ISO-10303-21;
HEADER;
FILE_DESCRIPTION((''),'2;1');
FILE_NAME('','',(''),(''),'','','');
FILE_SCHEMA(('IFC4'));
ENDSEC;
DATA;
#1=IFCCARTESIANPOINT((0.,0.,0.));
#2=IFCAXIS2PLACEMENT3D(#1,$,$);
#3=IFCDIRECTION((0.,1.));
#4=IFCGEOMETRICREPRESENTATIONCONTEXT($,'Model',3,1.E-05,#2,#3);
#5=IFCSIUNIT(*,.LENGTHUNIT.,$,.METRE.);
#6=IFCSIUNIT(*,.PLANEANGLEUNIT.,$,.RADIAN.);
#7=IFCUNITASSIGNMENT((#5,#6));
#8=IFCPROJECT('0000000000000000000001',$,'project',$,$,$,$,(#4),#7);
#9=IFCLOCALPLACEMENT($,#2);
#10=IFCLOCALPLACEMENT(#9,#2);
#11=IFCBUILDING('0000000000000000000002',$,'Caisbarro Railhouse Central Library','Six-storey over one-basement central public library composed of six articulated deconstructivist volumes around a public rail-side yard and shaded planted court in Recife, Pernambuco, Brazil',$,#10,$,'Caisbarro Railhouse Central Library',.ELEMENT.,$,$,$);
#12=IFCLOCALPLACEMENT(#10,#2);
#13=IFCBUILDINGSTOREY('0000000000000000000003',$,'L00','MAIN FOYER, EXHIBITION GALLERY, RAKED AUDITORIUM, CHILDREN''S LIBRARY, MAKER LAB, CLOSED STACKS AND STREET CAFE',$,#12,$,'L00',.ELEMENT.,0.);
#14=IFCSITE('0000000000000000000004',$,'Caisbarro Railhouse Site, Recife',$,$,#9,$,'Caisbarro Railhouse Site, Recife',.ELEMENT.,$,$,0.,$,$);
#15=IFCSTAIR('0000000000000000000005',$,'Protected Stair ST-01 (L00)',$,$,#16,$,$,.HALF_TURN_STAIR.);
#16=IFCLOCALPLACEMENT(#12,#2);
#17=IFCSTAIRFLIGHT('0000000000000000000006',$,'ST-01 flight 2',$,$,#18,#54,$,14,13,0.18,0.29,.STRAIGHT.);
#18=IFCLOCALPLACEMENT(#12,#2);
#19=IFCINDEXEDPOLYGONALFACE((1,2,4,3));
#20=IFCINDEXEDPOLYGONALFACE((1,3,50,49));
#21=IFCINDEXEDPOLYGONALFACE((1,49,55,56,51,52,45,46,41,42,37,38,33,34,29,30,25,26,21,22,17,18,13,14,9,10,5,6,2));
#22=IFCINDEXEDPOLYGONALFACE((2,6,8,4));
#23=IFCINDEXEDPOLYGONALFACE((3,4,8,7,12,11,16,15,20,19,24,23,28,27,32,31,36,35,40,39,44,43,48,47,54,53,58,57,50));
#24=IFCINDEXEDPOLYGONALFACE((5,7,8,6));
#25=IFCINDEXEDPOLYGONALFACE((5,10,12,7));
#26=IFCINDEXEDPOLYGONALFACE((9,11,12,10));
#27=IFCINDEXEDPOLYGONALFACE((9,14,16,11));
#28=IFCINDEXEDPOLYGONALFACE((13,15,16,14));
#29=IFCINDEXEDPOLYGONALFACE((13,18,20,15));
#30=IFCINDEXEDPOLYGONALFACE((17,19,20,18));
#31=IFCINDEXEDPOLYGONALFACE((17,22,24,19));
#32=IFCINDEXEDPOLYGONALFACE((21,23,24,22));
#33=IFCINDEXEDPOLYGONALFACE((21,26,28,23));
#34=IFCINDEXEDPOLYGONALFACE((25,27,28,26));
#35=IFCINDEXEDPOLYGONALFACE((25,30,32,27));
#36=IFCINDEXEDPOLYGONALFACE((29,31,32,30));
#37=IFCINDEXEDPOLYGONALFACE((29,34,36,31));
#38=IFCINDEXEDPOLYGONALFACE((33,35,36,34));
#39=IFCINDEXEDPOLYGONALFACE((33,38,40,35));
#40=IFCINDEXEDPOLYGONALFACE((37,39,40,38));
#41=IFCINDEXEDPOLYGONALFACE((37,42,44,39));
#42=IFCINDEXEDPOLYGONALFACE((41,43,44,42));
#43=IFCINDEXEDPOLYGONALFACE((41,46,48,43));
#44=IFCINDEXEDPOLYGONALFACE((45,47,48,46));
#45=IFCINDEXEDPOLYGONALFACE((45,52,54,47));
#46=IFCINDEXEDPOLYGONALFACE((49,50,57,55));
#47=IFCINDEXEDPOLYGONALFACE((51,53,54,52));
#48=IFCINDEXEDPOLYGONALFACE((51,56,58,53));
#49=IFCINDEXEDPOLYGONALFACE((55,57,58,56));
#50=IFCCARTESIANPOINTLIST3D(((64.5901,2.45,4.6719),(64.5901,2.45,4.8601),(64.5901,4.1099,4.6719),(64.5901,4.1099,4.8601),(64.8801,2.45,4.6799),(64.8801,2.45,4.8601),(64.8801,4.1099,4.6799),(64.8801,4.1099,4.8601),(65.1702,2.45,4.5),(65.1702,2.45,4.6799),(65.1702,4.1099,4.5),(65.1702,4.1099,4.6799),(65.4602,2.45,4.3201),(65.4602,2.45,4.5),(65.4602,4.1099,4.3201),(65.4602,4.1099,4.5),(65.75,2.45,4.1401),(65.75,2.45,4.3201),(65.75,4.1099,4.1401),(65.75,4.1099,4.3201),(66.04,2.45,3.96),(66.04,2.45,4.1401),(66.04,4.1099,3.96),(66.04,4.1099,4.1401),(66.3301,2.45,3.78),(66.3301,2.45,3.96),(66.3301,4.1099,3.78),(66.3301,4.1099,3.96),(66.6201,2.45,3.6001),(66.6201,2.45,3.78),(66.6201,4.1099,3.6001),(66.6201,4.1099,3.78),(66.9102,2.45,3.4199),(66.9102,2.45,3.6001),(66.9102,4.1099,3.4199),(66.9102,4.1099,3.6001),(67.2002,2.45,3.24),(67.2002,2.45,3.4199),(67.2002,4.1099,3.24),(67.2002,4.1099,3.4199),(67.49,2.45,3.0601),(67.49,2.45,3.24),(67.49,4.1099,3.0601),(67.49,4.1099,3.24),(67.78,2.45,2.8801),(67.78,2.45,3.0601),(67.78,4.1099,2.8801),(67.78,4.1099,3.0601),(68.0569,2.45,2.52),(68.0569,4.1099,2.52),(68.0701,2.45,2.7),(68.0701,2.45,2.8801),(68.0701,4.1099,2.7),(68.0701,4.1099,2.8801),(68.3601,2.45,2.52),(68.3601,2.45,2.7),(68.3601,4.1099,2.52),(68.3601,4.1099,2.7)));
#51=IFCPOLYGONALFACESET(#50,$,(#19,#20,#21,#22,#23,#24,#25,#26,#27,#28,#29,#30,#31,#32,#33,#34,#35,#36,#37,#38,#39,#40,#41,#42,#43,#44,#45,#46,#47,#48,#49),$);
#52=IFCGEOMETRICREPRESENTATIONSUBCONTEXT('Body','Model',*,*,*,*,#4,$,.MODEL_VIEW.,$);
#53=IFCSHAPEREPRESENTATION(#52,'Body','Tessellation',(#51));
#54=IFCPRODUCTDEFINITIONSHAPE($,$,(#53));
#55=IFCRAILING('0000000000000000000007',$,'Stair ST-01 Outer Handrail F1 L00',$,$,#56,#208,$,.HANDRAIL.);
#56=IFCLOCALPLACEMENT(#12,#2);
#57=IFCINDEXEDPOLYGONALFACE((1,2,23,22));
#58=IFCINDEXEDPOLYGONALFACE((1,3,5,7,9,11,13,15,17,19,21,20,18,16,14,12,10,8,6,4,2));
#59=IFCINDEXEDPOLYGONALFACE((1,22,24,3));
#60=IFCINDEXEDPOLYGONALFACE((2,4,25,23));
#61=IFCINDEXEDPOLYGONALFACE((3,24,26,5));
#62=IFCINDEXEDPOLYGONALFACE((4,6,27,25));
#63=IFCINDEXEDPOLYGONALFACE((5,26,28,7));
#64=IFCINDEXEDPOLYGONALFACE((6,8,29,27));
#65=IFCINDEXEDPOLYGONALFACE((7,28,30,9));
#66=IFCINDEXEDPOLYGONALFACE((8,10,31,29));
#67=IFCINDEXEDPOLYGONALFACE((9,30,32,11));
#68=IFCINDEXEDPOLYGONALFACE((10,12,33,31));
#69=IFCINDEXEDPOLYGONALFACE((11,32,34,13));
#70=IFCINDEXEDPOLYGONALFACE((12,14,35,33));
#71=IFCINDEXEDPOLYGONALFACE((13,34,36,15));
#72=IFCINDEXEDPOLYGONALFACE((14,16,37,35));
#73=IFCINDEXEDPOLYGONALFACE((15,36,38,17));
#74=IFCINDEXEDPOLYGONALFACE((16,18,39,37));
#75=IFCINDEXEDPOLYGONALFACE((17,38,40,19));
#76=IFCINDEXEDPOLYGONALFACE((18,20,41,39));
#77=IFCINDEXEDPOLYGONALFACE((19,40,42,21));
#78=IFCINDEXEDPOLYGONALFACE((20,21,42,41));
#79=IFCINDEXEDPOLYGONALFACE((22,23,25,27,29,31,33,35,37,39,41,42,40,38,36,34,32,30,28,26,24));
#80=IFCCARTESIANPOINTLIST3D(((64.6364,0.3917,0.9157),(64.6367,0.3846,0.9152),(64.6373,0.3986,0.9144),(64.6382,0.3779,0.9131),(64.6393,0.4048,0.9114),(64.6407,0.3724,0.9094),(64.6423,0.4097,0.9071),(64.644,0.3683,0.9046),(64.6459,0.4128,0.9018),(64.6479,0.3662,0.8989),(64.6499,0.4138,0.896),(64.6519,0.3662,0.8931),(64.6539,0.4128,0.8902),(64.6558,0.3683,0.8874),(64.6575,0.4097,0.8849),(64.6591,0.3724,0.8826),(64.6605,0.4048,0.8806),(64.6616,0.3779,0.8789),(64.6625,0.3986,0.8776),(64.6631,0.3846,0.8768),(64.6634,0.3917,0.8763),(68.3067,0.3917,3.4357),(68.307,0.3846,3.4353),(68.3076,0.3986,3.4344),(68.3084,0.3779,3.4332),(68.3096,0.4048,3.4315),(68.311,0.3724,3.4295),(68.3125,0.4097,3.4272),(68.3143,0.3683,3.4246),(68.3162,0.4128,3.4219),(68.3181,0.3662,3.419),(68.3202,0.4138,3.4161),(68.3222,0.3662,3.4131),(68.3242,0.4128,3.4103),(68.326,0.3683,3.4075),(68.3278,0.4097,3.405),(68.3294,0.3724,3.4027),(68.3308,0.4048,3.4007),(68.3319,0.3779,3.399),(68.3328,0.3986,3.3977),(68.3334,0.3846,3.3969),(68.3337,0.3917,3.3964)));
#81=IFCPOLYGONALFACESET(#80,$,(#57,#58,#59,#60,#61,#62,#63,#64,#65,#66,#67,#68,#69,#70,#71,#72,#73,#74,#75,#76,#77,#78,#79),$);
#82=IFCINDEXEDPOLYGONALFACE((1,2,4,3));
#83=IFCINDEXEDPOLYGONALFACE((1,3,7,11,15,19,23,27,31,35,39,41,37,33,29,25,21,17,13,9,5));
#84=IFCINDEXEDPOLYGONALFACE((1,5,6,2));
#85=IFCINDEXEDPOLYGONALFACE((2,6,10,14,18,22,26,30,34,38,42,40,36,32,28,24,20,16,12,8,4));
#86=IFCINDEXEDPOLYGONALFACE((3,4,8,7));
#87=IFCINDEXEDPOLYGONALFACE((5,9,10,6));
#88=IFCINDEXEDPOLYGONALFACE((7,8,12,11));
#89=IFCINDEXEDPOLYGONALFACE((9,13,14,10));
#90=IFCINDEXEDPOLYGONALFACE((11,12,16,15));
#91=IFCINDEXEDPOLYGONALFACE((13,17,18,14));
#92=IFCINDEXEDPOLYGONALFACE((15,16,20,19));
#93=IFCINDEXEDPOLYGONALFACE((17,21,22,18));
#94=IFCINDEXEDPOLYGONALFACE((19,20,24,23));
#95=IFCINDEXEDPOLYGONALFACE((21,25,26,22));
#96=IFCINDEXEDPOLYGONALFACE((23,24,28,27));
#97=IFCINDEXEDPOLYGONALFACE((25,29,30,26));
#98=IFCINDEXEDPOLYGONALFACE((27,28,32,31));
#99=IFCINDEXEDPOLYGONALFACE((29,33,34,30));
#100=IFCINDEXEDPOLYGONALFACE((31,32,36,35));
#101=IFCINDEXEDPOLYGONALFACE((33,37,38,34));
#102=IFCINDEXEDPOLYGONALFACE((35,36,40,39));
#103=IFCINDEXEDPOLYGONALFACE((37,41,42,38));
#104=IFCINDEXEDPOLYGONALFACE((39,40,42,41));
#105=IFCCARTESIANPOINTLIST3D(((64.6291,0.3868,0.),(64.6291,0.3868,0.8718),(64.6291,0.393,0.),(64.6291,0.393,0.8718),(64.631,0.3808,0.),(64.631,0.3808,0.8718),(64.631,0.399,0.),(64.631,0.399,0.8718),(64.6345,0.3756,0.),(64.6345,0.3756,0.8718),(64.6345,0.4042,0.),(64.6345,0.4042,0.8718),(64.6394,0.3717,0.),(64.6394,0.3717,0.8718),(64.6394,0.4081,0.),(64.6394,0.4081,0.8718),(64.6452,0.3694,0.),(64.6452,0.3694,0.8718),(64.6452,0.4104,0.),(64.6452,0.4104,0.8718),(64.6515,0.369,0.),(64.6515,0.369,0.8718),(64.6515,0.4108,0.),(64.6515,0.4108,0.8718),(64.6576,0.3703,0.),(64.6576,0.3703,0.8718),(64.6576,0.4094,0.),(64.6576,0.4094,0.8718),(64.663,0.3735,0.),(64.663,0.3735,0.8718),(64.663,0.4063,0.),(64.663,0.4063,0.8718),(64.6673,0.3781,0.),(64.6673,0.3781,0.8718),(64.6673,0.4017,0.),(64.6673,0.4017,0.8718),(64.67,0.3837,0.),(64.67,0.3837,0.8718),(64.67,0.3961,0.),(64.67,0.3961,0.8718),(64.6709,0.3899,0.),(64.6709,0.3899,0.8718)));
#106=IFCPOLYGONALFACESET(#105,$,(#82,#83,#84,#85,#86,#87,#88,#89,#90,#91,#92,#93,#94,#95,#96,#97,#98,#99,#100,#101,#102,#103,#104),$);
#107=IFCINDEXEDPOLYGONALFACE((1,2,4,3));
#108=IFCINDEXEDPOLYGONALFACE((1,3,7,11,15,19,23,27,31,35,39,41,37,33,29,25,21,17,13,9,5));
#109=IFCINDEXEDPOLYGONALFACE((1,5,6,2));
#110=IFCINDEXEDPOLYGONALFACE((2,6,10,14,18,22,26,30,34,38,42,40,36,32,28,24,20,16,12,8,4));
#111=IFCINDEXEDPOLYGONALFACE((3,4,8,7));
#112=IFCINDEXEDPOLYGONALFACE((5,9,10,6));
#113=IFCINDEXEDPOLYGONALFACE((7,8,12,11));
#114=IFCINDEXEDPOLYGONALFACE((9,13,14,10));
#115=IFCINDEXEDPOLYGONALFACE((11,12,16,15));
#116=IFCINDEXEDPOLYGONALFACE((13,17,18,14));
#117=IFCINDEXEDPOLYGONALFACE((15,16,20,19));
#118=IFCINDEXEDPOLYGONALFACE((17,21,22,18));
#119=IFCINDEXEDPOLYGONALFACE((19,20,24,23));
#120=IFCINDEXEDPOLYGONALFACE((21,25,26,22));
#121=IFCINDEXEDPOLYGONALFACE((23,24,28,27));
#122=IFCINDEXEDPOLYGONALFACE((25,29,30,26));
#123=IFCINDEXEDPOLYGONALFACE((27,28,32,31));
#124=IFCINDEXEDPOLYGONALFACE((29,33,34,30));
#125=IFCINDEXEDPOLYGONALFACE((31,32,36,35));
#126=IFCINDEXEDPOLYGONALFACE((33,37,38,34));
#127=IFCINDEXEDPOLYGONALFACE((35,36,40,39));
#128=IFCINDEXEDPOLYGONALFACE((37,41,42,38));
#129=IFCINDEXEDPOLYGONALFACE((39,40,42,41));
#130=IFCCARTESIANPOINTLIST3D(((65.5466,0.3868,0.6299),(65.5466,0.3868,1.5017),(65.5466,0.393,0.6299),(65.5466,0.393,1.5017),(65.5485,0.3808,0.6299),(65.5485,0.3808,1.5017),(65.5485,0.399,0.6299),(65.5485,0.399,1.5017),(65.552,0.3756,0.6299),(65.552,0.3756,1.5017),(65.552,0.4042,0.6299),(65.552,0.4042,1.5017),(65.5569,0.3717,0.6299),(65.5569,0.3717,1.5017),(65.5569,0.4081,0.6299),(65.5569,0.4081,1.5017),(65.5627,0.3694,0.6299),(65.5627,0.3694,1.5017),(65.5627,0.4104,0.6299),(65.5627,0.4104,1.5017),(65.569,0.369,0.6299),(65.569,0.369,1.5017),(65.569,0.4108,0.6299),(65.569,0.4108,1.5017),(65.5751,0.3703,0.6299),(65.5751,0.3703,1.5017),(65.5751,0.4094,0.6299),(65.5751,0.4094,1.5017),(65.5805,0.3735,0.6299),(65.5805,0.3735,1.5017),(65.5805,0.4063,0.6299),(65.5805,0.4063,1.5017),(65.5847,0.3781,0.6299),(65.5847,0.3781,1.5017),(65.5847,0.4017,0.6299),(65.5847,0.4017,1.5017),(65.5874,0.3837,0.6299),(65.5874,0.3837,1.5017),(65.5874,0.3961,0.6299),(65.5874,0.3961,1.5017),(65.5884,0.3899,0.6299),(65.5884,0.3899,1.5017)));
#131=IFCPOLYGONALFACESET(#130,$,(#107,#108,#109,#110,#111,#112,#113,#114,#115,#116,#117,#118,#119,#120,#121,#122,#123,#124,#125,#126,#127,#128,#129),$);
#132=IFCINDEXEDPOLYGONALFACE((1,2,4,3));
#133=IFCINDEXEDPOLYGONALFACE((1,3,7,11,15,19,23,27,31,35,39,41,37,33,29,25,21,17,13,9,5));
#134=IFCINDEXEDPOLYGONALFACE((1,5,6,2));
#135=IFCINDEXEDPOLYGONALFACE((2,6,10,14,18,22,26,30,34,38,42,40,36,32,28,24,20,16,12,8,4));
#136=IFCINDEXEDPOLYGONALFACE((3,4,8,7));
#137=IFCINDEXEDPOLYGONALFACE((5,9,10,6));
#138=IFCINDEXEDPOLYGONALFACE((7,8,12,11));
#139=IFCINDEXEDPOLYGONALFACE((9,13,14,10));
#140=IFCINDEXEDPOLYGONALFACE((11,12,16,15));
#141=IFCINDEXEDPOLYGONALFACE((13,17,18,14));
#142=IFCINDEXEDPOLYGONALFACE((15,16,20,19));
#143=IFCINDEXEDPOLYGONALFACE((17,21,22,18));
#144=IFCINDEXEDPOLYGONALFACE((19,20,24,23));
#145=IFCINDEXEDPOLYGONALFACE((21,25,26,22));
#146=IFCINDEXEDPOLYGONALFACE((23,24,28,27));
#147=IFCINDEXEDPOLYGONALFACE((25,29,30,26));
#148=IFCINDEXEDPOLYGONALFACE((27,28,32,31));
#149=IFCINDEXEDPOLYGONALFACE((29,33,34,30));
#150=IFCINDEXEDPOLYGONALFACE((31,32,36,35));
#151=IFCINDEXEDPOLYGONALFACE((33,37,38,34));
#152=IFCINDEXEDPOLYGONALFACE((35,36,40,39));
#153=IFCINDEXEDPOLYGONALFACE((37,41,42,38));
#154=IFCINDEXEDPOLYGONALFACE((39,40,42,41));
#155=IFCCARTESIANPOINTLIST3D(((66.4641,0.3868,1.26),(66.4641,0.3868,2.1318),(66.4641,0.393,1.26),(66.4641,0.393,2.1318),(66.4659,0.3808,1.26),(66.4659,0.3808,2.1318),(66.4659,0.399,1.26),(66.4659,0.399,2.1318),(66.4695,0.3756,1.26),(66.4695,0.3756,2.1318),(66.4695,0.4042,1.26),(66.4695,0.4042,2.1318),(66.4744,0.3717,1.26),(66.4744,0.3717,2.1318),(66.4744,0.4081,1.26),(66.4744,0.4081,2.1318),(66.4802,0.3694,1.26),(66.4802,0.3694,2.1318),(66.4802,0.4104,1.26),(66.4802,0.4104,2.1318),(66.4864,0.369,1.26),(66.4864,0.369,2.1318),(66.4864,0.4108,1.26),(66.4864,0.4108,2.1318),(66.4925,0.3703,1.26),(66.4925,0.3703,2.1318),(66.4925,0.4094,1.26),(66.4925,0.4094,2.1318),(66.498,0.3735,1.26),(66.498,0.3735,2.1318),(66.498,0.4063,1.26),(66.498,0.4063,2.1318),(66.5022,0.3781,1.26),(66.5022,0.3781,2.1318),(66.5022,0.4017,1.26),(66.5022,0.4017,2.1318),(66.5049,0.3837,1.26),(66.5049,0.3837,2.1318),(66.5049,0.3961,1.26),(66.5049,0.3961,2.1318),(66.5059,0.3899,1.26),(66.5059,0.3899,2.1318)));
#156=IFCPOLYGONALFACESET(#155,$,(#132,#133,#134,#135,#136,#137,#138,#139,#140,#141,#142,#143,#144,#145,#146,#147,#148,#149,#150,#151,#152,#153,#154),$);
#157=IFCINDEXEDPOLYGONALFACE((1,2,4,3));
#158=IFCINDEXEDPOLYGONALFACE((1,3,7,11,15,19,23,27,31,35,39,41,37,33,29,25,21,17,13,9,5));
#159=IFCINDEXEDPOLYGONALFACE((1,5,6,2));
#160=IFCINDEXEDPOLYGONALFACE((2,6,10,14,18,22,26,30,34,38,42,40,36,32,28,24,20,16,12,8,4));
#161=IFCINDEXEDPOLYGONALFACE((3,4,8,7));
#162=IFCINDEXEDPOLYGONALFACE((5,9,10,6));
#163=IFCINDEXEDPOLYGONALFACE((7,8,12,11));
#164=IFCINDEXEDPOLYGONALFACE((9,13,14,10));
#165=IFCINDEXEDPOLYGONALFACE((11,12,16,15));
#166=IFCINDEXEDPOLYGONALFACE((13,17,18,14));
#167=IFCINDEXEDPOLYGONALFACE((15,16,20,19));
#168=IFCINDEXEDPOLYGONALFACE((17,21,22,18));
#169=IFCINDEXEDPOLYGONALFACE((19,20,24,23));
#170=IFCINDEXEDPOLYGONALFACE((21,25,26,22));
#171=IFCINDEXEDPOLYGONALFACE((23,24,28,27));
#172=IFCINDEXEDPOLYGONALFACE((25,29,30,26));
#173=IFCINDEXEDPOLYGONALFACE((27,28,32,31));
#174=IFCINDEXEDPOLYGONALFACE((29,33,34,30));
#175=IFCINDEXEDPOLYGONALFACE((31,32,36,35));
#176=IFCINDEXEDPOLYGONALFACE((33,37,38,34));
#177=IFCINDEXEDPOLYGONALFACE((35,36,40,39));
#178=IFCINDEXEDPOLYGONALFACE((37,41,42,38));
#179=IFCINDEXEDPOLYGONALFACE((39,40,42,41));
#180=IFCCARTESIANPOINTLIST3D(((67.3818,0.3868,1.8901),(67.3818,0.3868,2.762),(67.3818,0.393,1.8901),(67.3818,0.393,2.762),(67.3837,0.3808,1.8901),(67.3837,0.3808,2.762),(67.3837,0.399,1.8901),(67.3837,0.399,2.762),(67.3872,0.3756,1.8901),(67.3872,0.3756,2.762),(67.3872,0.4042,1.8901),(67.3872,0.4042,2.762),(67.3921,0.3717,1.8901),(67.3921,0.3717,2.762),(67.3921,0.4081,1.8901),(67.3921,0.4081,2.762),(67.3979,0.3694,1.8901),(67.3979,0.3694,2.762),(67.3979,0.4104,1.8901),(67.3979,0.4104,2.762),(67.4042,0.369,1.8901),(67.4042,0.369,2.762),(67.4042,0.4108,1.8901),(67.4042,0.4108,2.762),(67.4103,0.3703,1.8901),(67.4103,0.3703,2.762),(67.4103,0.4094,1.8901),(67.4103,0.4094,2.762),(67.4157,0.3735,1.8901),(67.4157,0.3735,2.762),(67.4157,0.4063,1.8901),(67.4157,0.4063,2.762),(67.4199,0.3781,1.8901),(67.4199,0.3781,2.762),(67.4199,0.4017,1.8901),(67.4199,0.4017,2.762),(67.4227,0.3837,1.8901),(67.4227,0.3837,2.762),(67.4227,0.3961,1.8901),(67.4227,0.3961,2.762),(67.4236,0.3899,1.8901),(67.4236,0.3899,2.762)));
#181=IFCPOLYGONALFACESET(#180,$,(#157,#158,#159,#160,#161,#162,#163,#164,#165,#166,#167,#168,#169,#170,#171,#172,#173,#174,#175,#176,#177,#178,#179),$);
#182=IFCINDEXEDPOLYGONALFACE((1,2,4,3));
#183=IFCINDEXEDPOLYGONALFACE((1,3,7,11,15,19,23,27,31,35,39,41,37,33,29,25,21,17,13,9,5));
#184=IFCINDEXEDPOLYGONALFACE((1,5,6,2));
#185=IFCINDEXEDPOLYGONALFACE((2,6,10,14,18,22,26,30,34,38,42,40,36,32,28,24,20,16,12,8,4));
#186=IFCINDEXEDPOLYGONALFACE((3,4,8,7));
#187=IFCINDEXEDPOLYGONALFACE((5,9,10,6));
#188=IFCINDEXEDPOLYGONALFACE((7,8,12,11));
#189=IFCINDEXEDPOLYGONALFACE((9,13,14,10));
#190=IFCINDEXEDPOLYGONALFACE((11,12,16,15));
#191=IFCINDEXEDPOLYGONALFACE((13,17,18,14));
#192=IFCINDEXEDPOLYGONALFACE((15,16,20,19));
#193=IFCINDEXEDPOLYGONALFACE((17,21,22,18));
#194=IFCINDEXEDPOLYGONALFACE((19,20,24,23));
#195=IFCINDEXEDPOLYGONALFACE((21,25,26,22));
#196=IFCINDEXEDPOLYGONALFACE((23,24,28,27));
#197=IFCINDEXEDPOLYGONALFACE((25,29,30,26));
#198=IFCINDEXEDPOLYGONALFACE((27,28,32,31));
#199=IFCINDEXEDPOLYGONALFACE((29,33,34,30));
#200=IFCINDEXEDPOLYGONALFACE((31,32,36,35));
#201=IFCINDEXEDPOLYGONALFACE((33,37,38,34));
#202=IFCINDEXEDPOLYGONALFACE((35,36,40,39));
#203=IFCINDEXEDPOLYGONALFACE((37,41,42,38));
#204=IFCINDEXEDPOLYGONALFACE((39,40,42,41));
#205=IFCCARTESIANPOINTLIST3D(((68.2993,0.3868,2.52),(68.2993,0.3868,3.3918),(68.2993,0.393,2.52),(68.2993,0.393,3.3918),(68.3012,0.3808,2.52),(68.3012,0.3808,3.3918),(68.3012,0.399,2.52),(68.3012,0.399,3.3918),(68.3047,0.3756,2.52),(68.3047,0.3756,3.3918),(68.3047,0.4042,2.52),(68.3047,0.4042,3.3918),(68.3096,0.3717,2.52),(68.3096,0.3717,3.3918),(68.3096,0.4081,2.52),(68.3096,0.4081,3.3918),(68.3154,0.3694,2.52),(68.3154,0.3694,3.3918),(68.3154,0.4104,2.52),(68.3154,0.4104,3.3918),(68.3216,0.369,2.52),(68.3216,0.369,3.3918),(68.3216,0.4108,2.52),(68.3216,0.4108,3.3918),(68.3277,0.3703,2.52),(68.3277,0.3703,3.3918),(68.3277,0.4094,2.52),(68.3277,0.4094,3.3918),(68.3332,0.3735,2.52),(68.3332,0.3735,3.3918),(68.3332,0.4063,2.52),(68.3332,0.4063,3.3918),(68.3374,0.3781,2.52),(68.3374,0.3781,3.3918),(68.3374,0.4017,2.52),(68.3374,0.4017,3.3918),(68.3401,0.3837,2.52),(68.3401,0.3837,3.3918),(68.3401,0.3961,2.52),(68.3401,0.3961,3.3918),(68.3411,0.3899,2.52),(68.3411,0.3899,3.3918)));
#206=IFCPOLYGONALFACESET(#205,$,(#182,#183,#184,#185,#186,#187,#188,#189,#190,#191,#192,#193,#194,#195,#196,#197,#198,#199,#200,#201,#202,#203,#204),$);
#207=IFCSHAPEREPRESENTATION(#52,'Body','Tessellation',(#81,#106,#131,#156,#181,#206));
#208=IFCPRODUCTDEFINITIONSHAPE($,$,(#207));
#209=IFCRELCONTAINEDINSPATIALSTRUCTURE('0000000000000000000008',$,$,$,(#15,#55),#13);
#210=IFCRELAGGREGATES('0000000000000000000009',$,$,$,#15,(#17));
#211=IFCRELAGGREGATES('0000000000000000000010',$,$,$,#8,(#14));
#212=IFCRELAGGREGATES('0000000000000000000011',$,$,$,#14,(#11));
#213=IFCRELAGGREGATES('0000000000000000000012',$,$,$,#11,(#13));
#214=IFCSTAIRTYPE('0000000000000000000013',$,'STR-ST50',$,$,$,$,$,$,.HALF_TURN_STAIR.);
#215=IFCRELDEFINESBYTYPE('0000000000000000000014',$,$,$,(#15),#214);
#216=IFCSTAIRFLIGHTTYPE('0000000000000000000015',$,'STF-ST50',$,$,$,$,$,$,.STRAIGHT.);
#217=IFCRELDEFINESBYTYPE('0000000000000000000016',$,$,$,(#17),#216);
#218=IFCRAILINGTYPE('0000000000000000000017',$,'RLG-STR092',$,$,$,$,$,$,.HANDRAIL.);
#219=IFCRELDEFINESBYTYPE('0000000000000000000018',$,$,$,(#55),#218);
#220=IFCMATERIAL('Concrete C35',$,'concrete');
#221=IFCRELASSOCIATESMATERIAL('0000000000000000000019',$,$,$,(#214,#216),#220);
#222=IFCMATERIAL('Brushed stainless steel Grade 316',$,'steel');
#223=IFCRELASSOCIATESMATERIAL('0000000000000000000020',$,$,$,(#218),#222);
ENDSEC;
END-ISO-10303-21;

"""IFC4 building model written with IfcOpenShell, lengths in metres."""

from ifc_helpers import new_model, si_unit, direction, frame, origin, origin_2d, place, context, subcontext, project, spatial, polyline, circle, outline, extrude, material, type_object, element, aggregate, save


model = new_model("IFC4")

# Units and contexts
model_context = context("Model", 3, precision=1e-05, world=origin(), true_north=direction((0.0, 1.0)))
body_context = subcontext(model_context, "Body", "Model", "MODEL_VIEW")
ifc_project = project(units=[si_unit("LENGTHUNIT", "METRE"), si_unit("PLANEANGLEUNIT", "RADIAN")], contexts=[model_context])

# Site, building, storey
site_placement = place(None, origin())
site = spatial("IfcSite", under=ifc_project, at=site_placement, Name="Caisbarro Railhouse Site, Recife", LongName="Caisbarro Railhouse Site, Recife", CompositionType="ELEMENT", RefElevation=0.0)
building_placement = place(site_placement, origin())
building = spatial("IfcBuilding", under=site, at=building_placement, Name="Caisbarro Railhouse Central Library", Description="Six-storey over one-basement central public library composed of six articulated deconstructivist volumes around a public rail-side yard and shaded planted court in Recife, Pernambuco, Brazil", LongName="Caisbarro Railhouse Central Library", CompositionType="ELEMENT")
storey_placement = place(building_placement, origin())
storey = spatial("IfcBuildingStorey", under=building, at=storey_placement, Name="L00", Description="MAIN FOYER, EXHIBITION GALLERY, RAKED AUDITORIUM, CHILDREN'S LIBRARY, MAKER LAB, CLOSED STACKS AND STREET CAFE", LongName="L00", CompositionType="ELEMENT", Elevation=0.0)

# Stair, stair flight
ifc_material_1 = material(Name="Concrete C35", Category="concrete")
stair_type = type_object("IfcStairType", Name="STR-ST50", PredefinedType="HALF_TURN_STAIR", material=ifc_material_1)
stair_placement = place(storey_placement, origin())
stair = element("IfcStair", 1, at=stair_placement, inside=storey, type_object=stair_type, Name="Protected Stair ST-01 (L00)", PredefinedType="HALF_TURN_STAIR")
stair_flight_type = type_object("IfcStairFlightType", Name="STF-ST50", PredefinedType="STRAIGHT", material=ifc_material_1)
stair_flight_1_placement = place(storey_placement, frame((68.3601, 3.28, 2.52), z_axis=(0.0, 0.0, 1.0), x_axis=(-1.0, 0.0, 0.0)))
stair_flight_1 = element("IfcStairFlight", 2, at=stair_flight_1_placement, type_object=stair_flight_type, Name="ST-01 flight 2", NumberOfRisers=14, NumberOfTreads=13, PredefinedType="STRAIGHT", RiserHeight=0.18, TreadLength=0.29, context=body_context, shape_type="SweptSolid", body=[
    extrude(outline(polyline([(0.0, 0.0), (0.0, 0.1799), (0.29, 0.1799), (0.29, 0.3601), (0.5801, 0.3601), (0.5801, 0.54), (0.8701, 0.54), (0.8701, 0.72), (1.1599, 0.72), (1.1599, 0.8999), (1.45, 0.8999), (1.45, 1.0801), (1.74, 1.0801), (1.74, 1.26), (2.03, 1.26), (2.03, 1.4399), (2.3201, 1.4399), (2.3201, 1.6201), (2.6101, 1.6201), (2.6101, 1.8), (2.8999, 1.8), (2.8999, 1.98), (3.1899, 1.98), (3.1899, 2.1599), (3.48, 2.1599), (3.48, 2.3401), (3.77, 2.3401), (3.77, 2.52), (3.77, 2.1519), (0.3032, 0.0), (0.0, 0.0)])), frame((0.0, 0.8301, 0.0), z_axis=(0.0, -1.0, 0.0), x_axis=(1.0, 0.0, 0.0)), (0.0, 0.0, 1.0), 1.6599),
])
aggregate(stair, [stair_flight_1])

# Railing
ifc_material_2 = material(Name="Brushed stainless steel Grade 316", Category="steel")
railing_type_1 = type_object("IfcRailingType", Name="RLG-STR092", PredefinedType="HANDRAIL", material=ifc_material_2)
railing_1_placement = place(storey_placement, frame((64.6499, 0.3899, 0.0)))
element("IfcRailing", 3, at=railing_1_placement, inside=storey, type_object=railing_type_1, Name="Stair ST-01 Outer Handrail F1 L00", PredefinedType="HANDRAIL", context=body_context, shape_type="SweptSolid", body=[
    extrude(circle(Radius=0.0239, at=origin_2d()), frame((0.0, 0.0, 0.896), z_axis=(0.824379, 0.0, 0.566038), x_axis=(0.0, 1.0, 0.0)), (0.0, 0.0, 1.0), 4.4521),
    extrude(circle(Radius=0.021, at=origin_2d()), origin(), (0.0, 0.0, 1.0), 0.8718),
    extrude(circle(Radius=0.021, at=origin_2d()), frame((0.9175, 0.0, 0.6299)), (0.0, 0.0, 1.0), 0.8718),
    extrude(circle(Radius=0.021, at=origin_2d()), frame((1.835, 0.0, 1.26)), (0.0, 0.0, 1.0), 0.8718),
    extrude(circle(Radius=0.021, at=origin_2d()), frame((2.7527, 0.0, 1.8901)), (0.0, 0.0, 1.0), 0.8718),
    extrude(circle(Radius=0.021, at=origin_2d()), frame((3.6702, 0.0, 2.52)), (0.0, 0.0, 1.0), 0.8718),
])

save(model, "model.ifc")
